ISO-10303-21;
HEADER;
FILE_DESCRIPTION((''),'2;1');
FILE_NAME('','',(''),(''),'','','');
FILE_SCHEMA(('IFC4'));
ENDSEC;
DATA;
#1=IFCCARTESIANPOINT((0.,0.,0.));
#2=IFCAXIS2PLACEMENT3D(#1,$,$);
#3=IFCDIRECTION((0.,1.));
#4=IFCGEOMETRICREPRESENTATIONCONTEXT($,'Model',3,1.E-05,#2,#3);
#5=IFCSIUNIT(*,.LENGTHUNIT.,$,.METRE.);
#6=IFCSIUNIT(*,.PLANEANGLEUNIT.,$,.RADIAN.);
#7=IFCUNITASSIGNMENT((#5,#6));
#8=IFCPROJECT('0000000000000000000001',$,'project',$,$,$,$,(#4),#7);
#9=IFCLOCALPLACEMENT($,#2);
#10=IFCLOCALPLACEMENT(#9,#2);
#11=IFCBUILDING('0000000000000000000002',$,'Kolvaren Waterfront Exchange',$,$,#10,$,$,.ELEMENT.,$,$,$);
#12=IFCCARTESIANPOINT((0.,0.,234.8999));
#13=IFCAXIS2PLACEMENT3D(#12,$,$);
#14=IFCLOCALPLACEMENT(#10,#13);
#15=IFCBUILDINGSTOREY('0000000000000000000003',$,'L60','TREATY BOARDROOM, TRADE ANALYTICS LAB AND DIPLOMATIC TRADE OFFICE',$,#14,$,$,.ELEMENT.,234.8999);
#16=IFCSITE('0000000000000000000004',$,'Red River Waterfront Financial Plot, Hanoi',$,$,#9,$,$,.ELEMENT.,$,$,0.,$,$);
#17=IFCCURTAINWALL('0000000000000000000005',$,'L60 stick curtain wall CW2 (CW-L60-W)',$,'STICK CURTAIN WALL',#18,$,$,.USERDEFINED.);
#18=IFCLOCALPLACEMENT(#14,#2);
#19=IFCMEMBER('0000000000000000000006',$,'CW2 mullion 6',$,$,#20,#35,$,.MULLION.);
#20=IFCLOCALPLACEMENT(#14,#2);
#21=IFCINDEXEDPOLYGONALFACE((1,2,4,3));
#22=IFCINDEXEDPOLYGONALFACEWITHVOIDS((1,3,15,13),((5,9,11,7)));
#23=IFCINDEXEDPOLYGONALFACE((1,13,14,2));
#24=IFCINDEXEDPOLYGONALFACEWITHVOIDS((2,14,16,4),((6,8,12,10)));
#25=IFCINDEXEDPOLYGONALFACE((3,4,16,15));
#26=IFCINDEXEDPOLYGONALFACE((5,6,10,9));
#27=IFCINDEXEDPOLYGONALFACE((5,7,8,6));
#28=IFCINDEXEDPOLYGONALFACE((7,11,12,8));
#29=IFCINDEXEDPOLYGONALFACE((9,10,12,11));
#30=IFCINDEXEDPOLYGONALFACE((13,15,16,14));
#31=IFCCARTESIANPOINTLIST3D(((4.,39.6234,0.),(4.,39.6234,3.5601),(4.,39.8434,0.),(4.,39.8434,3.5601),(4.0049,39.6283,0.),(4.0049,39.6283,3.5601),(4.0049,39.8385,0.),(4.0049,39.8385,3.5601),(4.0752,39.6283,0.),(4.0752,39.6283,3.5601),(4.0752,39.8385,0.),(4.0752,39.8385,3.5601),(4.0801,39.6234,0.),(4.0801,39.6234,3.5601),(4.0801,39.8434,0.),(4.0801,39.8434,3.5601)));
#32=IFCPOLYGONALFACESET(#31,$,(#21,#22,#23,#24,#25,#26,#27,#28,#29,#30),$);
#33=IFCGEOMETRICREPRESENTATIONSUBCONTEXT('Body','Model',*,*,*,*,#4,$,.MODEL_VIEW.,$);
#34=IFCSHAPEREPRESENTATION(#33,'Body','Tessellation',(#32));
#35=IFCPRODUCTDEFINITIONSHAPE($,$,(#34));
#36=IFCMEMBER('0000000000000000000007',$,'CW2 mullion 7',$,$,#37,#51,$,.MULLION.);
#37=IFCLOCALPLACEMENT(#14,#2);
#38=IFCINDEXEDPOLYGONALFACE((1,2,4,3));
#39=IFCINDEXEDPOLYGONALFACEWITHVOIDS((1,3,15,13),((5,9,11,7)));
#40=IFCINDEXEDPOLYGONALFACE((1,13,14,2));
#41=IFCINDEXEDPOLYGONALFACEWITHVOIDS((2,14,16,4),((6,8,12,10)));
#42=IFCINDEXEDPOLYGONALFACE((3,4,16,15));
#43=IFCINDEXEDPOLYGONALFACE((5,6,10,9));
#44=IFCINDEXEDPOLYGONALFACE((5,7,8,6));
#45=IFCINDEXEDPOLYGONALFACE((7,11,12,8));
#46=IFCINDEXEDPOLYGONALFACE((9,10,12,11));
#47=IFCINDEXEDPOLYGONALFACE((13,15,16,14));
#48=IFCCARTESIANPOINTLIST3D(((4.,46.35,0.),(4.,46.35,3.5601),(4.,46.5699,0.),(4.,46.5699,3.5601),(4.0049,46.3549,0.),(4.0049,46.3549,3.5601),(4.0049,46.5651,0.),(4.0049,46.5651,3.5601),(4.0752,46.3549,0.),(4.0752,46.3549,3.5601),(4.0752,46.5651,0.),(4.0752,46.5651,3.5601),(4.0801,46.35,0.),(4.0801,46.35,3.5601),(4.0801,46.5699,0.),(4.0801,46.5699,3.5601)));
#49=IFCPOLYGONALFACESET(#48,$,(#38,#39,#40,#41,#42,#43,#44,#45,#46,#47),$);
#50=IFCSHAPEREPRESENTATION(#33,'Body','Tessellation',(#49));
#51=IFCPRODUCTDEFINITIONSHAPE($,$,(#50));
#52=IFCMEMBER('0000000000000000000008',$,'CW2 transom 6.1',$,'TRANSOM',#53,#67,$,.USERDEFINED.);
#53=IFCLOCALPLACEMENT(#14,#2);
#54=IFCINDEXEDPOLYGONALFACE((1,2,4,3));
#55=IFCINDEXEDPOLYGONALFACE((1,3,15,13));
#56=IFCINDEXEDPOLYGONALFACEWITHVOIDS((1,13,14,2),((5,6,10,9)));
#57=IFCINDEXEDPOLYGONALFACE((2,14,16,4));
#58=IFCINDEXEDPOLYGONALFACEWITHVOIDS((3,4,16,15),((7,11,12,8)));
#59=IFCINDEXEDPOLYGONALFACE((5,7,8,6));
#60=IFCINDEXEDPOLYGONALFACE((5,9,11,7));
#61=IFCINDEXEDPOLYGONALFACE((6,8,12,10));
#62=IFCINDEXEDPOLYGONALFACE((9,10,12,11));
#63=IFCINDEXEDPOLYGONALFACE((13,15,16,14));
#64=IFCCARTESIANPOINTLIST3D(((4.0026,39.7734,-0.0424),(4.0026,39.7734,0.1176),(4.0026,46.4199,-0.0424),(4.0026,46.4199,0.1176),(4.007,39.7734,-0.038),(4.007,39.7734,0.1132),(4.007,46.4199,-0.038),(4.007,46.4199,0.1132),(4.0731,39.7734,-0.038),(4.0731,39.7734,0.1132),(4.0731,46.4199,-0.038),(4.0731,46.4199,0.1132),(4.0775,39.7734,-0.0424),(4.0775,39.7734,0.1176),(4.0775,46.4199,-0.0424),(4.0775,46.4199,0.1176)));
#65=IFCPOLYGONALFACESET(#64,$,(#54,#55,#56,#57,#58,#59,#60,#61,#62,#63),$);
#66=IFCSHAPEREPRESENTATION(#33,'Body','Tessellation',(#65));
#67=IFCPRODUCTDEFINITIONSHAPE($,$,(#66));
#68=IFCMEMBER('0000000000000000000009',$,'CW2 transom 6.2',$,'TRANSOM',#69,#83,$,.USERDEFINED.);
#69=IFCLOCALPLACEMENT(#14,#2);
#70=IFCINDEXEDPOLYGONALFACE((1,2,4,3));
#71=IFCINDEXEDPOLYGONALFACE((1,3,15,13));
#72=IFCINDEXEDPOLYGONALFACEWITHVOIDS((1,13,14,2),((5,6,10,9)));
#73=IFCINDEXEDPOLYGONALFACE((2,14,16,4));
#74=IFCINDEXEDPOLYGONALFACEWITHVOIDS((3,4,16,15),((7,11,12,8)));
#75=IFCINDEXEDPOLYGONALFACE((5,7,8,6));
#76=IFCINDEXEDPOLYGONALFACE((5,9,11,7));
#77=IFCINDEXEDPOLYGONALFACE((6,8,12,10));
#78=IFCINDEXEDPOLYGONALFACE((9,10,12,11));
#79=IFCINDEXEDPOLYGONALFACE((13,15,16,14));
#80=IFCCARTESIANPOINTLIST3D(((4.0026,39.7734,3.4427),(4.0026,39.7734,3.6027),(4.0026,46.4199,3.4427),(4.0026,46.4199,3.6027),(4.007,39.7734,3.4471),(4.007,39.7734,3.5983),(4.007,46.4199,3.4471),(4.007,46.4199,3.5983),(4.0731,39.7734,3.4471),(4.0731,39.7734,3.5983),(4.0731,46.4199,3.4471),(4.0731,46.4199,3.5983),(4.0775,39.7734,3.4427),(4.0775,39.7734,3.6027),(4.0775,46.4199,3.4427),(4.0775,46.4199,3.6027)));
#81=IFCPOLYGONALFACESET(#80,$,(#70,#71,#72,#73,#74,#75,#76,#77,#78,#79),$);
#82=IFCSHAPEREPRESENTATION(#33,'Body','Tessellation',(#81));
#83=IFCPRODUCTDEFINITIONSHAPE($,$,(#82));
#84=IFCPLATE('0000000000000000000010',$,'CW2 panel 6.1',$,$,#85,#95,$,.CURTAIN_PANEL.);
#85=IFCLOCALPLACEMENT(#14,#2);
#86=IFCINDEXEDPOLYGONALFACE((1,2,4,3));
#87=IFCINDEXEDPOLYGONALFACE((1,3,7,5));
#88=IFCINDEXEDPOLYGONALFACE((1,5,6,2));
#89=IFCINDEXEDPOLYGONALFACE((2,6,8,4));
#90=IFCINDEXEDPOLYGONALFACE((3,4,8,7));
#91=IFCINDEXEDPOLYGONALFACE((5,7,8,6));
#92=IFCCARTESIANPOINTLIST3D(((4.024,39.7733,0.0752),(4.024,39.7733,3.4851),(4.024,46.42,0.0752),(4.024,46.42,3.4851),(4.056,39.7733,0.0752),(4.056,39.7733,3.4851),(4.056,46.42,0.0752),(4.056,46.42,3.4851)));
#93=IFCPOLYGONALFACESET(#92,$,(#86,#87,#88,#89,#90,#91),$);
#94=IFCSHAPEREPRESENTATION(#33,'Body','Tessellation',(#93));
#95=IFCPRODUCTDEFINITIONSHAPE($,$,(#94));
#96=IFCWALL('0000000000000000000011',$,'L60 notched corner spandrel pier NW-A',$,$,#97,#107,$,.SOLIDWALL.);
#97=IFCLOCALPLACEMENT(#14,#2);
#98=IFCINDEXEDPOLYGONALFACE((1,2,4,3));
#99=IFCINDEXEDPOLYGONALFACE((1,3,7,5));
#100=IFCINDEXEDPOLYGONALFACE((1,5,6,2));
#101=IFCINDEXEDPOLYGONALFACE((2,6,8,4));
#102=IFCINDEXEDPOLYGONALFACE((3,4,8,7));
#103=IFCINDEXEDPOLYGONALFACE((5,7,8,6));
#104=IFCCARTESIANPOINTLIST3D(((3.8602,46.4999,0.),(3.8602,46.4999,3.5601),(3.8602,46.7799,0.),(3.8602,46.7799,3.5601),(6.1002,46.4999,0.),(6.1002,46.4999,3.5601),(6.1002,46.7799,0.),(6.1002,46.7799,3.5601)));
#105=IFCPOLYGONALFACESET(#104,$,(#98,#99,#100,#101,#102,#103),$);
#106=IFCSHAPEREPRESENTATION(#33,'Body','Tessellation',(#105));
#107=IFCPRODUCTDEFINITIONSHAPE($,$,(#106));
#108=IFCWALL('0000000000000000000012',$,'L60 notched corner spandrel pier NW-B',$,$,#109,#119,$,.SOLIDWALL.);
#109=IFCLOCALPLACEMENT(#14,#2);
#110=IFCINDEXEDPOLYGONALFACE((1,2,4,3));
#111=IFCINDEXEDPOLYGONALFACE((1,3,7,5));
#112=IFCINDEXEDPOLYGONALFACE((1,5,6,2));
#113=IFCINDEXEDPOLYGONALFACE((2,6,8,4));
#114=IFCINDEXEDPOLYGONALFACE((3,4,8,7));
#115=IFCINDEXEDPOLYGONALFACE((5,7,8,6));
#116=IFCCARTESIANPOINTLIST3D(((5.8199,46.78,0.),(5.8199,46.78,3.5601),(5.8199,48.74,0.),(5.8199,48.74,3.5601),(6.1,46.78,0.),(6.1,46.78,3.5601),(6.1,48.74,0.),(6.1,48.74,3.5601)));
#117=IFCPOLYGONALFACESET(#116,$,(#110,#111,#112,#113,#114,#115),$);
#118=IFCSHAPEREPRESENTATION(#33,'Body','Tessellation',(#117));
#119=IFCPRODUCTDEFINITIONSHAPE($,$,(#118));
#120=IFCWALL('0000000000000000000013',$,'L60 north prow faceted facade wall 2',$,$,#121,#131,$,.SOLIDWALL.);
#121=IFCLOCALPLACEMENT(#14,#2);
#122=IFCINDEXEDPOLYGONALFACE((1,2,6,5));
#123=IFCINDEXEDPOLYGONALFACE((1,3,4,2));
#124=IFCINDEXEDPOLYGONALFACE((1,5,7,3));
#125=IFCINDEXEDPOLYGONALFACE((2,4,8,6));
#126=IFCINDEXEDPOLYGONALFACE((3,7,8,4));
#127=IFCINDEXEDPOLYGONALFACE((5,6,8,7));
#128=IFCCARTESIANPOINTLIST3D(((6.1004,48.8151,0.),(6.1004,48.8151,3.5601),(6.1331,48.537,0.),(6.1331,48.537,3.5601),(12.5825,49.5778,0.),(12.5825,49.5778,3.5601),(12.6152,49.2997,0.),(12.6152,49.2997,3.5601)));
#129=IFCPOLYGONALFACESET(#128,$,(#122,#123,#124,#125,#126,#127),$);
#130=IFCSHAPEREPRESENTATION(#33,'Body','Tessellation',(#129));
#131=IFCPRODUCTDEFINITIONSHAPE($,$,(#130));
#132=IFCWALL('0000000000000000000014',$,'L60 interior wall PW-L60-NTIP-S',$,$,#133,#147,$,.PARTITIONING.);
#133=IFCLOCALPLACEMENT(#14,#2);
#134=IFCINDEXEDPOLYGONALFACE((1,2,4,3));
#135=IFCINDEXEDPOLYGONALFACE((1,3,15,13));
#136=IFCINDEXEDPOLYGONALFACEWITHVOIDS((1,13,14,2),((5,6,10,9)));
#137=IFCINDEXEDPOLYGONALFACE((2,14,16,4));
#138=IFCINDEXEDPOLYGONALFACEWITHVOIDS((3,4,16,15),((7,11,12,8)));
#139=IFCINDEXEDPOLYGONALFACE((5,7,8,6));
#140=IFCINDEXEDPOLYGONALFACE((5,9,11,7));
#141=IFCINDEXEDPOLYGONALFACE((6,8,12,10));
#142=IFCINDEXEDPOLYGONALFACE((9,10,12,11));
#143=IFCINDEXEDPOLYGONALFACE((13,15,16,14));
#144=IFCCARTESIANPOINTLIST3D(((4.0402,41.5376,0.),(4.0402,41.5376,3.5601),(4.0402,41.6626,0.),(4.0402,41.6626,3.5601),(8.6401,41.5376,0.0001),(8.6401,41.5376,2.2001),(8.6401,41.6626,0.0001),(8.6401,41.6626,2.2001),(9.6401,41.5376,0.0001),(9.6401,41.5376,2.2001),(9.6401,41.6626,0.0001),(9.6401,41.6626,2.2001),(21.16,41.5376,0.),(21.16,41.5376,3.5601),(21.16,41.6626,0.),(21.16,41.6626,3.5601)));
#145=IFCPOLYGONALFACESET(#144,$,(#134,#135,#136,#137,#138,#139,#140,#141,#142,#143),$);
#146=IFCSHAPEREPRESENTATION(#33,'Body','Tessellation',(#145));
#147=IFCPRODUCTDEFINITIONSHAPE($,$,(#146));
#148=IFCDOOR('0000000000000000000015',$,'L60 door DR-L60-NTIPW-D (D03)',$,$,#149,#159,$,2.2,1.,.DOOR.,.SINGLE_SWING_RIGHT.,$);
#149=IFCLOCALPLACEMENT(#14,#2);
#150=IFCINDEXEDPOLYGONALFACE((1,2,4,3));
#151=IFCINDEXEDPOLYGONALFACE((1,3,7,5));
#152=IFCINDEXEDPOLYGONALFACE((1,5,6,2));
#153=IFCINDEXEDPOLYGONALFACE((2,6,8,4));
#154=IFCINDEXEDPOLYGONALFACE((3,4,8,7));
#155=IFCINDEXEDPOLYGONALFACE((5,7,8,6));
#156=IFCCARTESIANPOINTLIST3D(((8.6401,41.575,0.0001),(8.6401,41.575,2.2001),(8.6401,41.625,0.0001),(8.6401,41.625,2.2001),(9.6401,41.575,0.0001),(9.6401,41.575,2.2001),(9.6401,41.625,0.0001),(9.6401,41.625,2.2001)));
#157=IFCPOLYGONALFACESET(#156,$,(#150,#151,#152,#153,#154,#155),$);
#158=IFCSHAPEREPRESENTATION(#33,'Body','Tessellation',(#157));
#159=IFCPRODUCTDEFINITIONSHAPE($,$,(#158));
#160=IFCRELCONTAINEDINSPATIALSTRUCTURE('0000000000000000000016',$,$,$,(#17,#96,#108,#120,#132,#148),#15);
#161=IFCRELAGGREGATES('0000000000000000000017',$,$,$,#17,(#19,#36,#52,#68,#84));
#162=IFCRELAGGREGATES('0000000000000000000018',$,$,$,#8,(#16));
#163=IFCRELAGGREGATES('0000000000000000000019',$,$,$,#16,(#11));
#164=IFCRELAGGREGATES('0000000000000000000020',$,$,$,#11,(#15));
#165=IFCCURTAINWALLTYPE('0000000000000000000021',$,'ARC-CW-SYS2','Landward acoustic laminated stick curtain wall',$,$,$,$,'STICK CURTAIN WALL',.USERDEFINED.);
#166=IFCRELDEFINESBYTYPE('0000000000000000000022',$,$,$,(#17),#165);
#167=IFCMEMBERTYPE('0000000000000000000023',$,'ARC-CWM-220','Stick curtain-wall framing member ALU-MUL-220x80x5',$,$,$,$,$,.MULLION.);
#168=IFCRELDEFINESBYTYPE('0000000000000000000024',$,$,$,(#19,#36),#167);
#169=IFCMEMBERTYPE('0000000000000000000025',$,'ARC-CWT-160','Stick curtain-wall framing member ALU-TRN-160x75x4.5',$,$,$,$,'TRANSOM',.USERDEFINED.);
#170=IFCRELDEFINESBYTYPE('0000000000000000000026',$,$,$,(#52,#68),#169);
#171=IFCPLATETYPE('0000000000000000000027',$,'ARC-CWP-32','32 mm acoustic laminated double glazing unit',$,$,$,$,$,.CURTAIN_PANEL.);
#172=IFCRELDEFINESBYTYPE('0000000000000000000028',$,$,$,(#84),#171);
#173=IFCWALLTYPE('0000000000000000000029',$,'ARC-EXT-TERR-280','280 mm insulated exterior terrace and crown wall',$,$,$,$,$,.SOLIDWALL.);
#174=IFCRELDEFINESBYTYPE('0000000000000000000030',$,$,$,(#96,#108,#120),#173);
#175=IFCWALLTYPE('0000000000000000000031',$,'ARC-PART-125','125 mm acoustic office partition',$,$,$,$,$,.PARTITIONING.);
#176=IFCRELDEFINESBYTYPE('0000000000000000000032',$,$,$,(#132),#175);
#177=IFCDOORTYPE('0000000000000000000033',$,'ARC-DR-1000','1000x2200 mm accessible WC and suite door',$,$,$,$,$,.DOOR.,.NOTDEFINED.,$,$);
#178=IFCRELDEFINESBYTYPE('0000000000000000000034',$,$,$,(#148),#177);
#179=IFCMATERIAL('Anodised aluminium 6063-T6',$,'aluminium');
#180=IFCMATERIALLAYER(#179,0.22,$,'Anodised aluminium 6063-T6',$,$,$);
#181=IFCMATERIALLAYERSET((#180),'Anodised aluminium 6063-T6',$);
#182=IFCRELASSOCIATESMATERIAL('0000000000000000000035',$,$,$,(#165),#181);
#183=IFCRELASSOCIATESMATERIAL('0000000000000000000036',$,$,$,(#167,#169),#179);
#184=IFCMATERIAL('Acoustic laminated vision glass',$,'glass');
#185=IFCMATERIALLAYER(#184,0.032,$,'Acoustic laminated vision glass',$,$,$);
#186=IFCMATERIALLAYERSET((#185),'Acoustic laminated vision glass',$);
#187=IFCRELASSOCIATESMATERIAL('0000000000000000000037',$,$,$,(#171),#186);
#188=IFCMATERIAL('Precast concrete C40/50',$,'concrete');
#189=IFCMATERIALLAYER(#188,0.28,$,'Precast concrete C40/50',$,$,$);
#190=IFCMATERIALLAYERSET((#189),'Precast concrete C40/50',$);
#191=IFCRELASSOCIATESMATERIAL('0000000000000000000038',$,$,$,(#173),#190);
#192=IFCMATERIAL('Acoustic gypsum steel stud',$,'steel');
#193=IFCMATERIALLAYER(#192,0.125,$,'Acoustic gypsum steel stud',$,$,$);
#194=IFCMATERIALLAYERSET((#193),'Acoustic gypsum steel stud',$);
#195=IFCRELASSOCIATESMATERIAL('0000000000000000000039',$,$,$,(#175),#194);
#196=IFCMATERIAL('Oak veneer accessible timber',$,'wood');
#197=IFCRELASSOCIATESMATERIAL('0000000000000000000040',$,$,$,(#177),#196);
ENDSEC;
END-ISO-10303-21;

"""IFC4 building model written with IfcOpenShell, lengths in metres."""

from ifc_helpers import new_model, si_unit, direction, frame, frame_2d, origin, origin_with_axes, origin_2d, place, context, subcontext, project, spatial, rectangle, hollow_rectangle, extrude, source, transform, mapped, material, layer, layer_set, material_profile, profile_set, type_object, element, fill, aggregate, save


model = new_model("IFC4")

# Units and contexts
model_context = context("Model", 3, precision=1e-05, world=origin(), true_north=direction((0.0, 1.0)))
body_context = subcontext(model_context, "Body", "Model", "MODEL_VIEW")
ifc_project = project(units=[si_unit("LENGTHUNIT", "METRE"), si_unit("PLANEANGLEUNIT", "RADIAN")], contexts=[model_context])

# Site, building, storey
site_placement = place(None, origin())
site = spatial("IfcSite", under=ifc_project, at=site_placement, Name="Red River Waterfront Financial Plot, Hanoi", CompositionType="ELEMENT", RefElevation=0.0)
building_placement = place(site_placement, origin())
building = spatial("IfcBuilding", under=site, at=building_placement, Name="Kolvaren Waterfront Exchange", CompositionType="ELEMENT")
storey_placement = place(building_placement, frame((0.0, 0.0, 234.8999)))
storey = spatial("IfcBuildingStorey", under=building, at=storey_placement, Name="L60", Description="TREATY BOARDROOM, TRADE ANALYTICS LAB AND DIPLOMATIC TRADE OFFICE", CompositionType="ELEMENT", Elevation=234.8999)

# Curtain wall, members, plate
ifc_material_1 = material(Name="Anodised aluminium 6063-T6", Category="aluminium")
ifc_layer_1 = layer(ifc_material_1, 0.22, Name="Anodised aluminium 6063-T6")
ifc_layer_set_1 = layer_set([ifc_layer_1], Name="Anodised aluminium 6063-T6")
curtain_wall_type = type_object("IfcCurtainWallType", Name="ARC-CW-SYS2", Description="Landward acoustic laminated stick curtain wall", ElementType="STICK CURTAIN WALL", PredefinedType="USERDEFINED", material=ifc_layer_set_1)
curtain_wall_placement = place(storey_placement, origin())
curtain_wall = element("IfcCurtainWall", 1, at=curtain_wall_placement, inside=storey, type_object=curtain_wall_type, Name="L60 stick curtain wall CW2 (CW-L60-W)", ObjectType="STICK CURTAIN WALL", PredefinedType="USERDEFINED")
ifc_material_profile_1 = material_profile(ifc_material_1, hollow_rectangle(XDim=0.0801, YDim=0.22, WallThickness=0.0049, at=origin_2d()), Name="ALU-MUL-220x80x5")
ifc_profile_set_1 = profile_set([ifc_material_profile_1], Name="Anodised aluminium 6063-T6")
member_type_1 = type_object("IfcMemberType", Name="ARC-CWM-220", Description="Stick curtain-wall framing member ALU-MUL-220x80x5", PredefinedType="MULLION", material=ifc_profile_set_1)
shared_shape_1 = source(origin_with_axes(), body_context, "Body", "SweptSolid", [
    extrude(hollow_rectangle(XDim=0.0801, YDim=0.22, WallThickness=0.0049, at=origin_2d()), origin(), (0.0, 0.0, 1.0), 3.5601),
])
member_1_placement = place(storey_placement, frame((4.04, 39.7334, 0.0), z_axis=(0.0, 0.0, 1.0), x_axis=(-1.0, 0.0, 0.0)))
member_1 = element("IfcMember", 2, at=member_1_placement, type_object=member_type_1, Name="CW2 mullion 6", PredefinedType="MULLION", context=body_context, shape_type="MappedRepresentation", body=[
    mapped(shared_shape_1, transform((0.0, 0.0, 0.0), x_axis=(1.0, 0.0, 0.0), y_axis=(0.0, 1.0, 0.0), z_axis=(0.0, 0.0, 1.0), scale=1.0)),
])
member_2_placement = place(storey_placement, frame((4.04, 46.46, 0.0), z_axis=(0.0, 0.0, 1.0), x_axis=(-1.0, 0.0, 0.0)))
member_2 = element("IfcMember", 3, at=member_2_placement, type_object=member_type_1, Name="CW2 mullion 7", PredefinedType="MULLION", context=body_context, shape_type="MappedRepresentation", body=[
    mapped(shared_shape_1, transform((0.0, 0.0, 0.0), x_axis=(1.0, 0.0, 0.0), y_axis=(0.0, 1.0, 0.0), z_axis=(0.0, 0.0, 1.0), scale=1.0)),
])
ifc_material_profile_2 = material_profile(ifc_material_1, hollow_rectangle(XDim=0.075, YDim=0.1599, WallThickness=0.0044, at=origin_2d()), Name="ALU-TRN-160x75x4.5")
ifc_profile_set_2 = profile_set([ifc_material_profile_2], Name="Anodised aluminium 6063-T6")
member_type_2 = type_object("IfcMemberType", Name="ARC-CWT-160", Description="Stick curtain-wall framing member ALU-TRN-160x75x4.5", ElementType="TRANSOM", PredefinedType="USERDEFINED", material=ifc_profile_set_2)
shared_shape_2 = source(origin_with_axes(), body_context, "Body", "SweptSolid", [
    extrude(hollow_rectangle(XDim=0.075, YDim=0.1599, WallThickness=0.0044, at=origin_2d()), origin(), (0.0, 0.0, 1.0), 6.6465),
])
member_3_placement = place(storey_placement, frame((4.04, 39.7734, 0.0376), z_axis=(0.0, 1.0, 0.0), x_axis=(-1.0, 0.0, 0.0)))
member_3 = element("IfcMember", 4, at=member_3_placement, type_object=member_type_2, Name="CW2 transom 6.1", ObjectType="TRANSOM", PredefinedType="USERDEFINED", context=body_context, shape_type="MappedRepresentation", body=[
    mapped(shared_shape_2, transform((0.0, 0.0, 0.0), x_axis=(1.0, 0.0, 0.0), y_axis=(0.0, 1.0, 0.0), z_axis=(0.0, 0.0, 1.0), scale=1.0)),
])
member_4_placement = place(storey_placement, frame((4.04, 39.7734, 3.5227), z_axis=(0.0, 1.0, 0.0), x_axis=(-1.0, 0.0, 0.0)))
member_4 = element("IfcMember", 5, at=member_4_placement, type_object=member_type_2, Name="CW2 transom 6.2", ObjectType="TRANSOM", PredefinedType="USERDEFINED", context=body_context, shape_type="MappedRepresentation", body=[
    mapped(shared_shape_2, transform((0.0, 0.0, 0.0), x_axis=(1.0, 0.0, 0.0), y_axis=(0.0, 1.0, 0.0), z_axis=(0.0, 0.0, 1.0), scale=1.0)),
])
ifc_material_2 = material(Name="Acoustic laminated vision glass", Category="glass")
ifc_layer_2 = layer(ifc_material_2, 0.032, Name="Acoustic laminated vision glass")
ifc_layer_set_2 = layer_set([ifc_layer_2], Name="Acoustic laminated vision glass")
plate_type = type_object("IfcPlateType", Name="ARC-CWP-32", Description="32 mm acoustic laminated double glazing unit", PredefinedType="CURTAIN_PANEL", material=ifc_layer_set_2)
shared_shape_3 = source(origin_with_axes(), body_context, "Body", "SweptSolid", [
    extrude(rectangle(XDim=6.6467, YDim=0.032, at=origin_2d()), origin(), (0.0, 0.0, 1.0), 3.4099),
])
plate_placement = place(storey_placement, frame((4.04, 43.0967, 0.0752), z_axis=(0.0, 0.0, 1.0), x_axis=(0.0, 1.0, 0.0)))
plate = element("IfcPlate", 6, at=plate_placement, type_object=plate_type, Name="CW2 panel 6.1", PredefinedType="CURTAIN_PANEL", context=body_context, shape_type="MappedRepresentation", body=[
    mapped(shared_shape_3, transform((0.0, 0.0, 0.0), x_axis=(1.0, 0.0, 0.0), y_axis=(0.0, 1.0, 0.0), z_axis=(0.0, 0.0, 1.0), scale=1.0)),
])
aggregate(curtain_wall, [member_1, member_2, member_3, member_4, plate])

# Walls
ifc_material_3 = material(Name="Precast concrete C40/50", Category="concrete")
ifc_layer_3 = layer(ifc_material_3, 0.28, Name="Precast concrete C40/50")
ifc_layer_set_3 = layer_set([ifc_layer_3], Name="Precast concrete C40/50")
wall_type_1 = type_object("IfcWallType", Name="ARC-EXT-TERR-280", Description="280 mm insulated exterior terrace and crown wall", PredefinedType="SOLIDWALL", material=ifc_layer_set_3)
wall_1_placement = place(storey_placement, frame((3.8601, 46.6399, 0.0), z_axis=(0.0, 0.0, 1.0), x_axis=(1.0, 0.0, 0.0)))
element("IfcWall", 7, at=wall_1_placement, inside=storey, type_object=wall_type_1, Name="L60 notched corner spandrel pier NW-A", PredefinedType="SOLIDWALL", context=body_context, shape_type="SweptSolid", body=[
    extrude(rectangle(XDim=2.24, YDim=0.28, at=frame_2d((1.1201, 0.0))), origin(), (0.0, 0.0, 1.0), 3.5601),
])
wall_2_placement = place(storey_placement, frame((5.96, 46.78, 0.0), z_axis=(0.0, 0.0, 1.0), x_axis=(0.0, 1.0, 0.0)))
element("IfcWall", 8, at=wall_2_placement, inside=storey, type_object=wall_type_1, Name="L60 notched corner spandrel pier NW-B", PredefinedType="SOLIDWALL", context=body_context, shape_type="SweptSolid", body=[
    extrude(rectangle(XDim=1.96, YDim=0.28, at=frame_2d((0.98, 0.0))), origin(), (0.0, 0.0, 1.0), 3.5601),
])
wall_3_placement = place(storey_placement, frame((12.5989, 49.4387, 0.0), z_axis=(0.0, 0.0, 1.0), x_axis=(-0.993149, -0.116854, 0.0)))
element("IfcWall", 9, at=wall_3_placement, inside=storey, type_object=wall_type_1, Name="L60 north prow faceted facade wall 2", PredefinedType="SOLIDWALL", context=body_context, shape_type="SweptSolid", body=[
    extrude(rectangle(XDim=6.5269, YDim=0.28, at=frame_2d((3.2634, 0.0))), origin(), (0.0, 0.0, 1.0), 3.5601),
])

# Wall, opening, door
ifc_material_4 = material(Name="Acoustic gypsum steel stud", Category="steel")
ifc_layer_4 = layer(ifc_material_4, 0.125, Name="Acoustic gypsum steel stud")
ifc_layer_set_4 = layer_set([ifc_layer_4], Name="Acoustic gypsum steel stud")
wall_type_2 = type_object("IfcWallType", Name="ARC-PART-125", Description="125 mm acoustic office partition", PredefinedType="PARTITIONING", material=ifc_layer_set_4)
wall_4_placement = place(storey_placement, frame((4.04, 41.6001, 0.0), z_axis=(0.0, 0.0, 1.0), x_axis=(1.0, 0.0, 0.0)))
wall_4 = element("IfcWall", 10, at=wall_4_placement, inside=storey, type_object=wall_type_2, Name="L60 interior wall PW-L60-NTIP-S", PredefinedType="PARTITIONING", context=body_context, shape_type="SweptSolid", body=[
    extrude(rectangle(XDim=17.1199, YDim=0.125, at=frame_2d((8.5601, 0.0))), origin(), (0.0, 0.0, 1.0), 3.5601),
])
opening_1_placement = place(wall_4_placement, frame((4.6001, 0.0, 0.0)))
opening_1 = element("IfcOpeningElement", 11, at=opening_1_placement, cuts=wall_4, PredefinedType="OPENING", context=body_context, shape_type="SweptSolid", body=[
    extrude(rectangle(XDim=1.0, YDim=2.2, at=frame_2d((0.5, 1.1001))), frame((0.0, 0.0725, 0.0), z_axis=(0.0, -1.0, 0.0), x_axis=(1.0, 0.0, 0.0)), (0.0, 0.0, 1.0), 0.145),
])
ifc_material_5 = material(Name="Oak veneer accessible timber", Category="wood")
door_type_1 = type_object("IfcDoorType", Name="ARC-DR-1000", Description="1000x2200 mm accessible WC and suite door", OperationType="NOTDEFINED", PredefinedType="DOOR", material=ifc_material_5)
door_1_placement = place(opening_1_placement, origin())
door_1 = element("IfcDoor", 12, at=door_1_placement, inside=storey, type_object=door_type_1, Name="L60 door DR-L60-NTIPW-D (D03)", OperationType="SINGLE_SWING_RIGHT", OverallHeight=2.2, OverallWidth=1.0, PredefinedType="DOOR", context=body_context, shape_type="SweptSolid", body=[
    extrude(rectangle(XDim=1.0, YDim=2.2, at=frame_2d((0.5, 1.1001))), frame((0.0, 0.0249, 0.0), z_axis=(0.0, -1.0, 0.0), x_axis=(1.0, 0.0, 0.0)), (0.0, 0.0, 1.0), 0.05),
])
fill(opening_1, door_1)

save(model, "model.ifc")
